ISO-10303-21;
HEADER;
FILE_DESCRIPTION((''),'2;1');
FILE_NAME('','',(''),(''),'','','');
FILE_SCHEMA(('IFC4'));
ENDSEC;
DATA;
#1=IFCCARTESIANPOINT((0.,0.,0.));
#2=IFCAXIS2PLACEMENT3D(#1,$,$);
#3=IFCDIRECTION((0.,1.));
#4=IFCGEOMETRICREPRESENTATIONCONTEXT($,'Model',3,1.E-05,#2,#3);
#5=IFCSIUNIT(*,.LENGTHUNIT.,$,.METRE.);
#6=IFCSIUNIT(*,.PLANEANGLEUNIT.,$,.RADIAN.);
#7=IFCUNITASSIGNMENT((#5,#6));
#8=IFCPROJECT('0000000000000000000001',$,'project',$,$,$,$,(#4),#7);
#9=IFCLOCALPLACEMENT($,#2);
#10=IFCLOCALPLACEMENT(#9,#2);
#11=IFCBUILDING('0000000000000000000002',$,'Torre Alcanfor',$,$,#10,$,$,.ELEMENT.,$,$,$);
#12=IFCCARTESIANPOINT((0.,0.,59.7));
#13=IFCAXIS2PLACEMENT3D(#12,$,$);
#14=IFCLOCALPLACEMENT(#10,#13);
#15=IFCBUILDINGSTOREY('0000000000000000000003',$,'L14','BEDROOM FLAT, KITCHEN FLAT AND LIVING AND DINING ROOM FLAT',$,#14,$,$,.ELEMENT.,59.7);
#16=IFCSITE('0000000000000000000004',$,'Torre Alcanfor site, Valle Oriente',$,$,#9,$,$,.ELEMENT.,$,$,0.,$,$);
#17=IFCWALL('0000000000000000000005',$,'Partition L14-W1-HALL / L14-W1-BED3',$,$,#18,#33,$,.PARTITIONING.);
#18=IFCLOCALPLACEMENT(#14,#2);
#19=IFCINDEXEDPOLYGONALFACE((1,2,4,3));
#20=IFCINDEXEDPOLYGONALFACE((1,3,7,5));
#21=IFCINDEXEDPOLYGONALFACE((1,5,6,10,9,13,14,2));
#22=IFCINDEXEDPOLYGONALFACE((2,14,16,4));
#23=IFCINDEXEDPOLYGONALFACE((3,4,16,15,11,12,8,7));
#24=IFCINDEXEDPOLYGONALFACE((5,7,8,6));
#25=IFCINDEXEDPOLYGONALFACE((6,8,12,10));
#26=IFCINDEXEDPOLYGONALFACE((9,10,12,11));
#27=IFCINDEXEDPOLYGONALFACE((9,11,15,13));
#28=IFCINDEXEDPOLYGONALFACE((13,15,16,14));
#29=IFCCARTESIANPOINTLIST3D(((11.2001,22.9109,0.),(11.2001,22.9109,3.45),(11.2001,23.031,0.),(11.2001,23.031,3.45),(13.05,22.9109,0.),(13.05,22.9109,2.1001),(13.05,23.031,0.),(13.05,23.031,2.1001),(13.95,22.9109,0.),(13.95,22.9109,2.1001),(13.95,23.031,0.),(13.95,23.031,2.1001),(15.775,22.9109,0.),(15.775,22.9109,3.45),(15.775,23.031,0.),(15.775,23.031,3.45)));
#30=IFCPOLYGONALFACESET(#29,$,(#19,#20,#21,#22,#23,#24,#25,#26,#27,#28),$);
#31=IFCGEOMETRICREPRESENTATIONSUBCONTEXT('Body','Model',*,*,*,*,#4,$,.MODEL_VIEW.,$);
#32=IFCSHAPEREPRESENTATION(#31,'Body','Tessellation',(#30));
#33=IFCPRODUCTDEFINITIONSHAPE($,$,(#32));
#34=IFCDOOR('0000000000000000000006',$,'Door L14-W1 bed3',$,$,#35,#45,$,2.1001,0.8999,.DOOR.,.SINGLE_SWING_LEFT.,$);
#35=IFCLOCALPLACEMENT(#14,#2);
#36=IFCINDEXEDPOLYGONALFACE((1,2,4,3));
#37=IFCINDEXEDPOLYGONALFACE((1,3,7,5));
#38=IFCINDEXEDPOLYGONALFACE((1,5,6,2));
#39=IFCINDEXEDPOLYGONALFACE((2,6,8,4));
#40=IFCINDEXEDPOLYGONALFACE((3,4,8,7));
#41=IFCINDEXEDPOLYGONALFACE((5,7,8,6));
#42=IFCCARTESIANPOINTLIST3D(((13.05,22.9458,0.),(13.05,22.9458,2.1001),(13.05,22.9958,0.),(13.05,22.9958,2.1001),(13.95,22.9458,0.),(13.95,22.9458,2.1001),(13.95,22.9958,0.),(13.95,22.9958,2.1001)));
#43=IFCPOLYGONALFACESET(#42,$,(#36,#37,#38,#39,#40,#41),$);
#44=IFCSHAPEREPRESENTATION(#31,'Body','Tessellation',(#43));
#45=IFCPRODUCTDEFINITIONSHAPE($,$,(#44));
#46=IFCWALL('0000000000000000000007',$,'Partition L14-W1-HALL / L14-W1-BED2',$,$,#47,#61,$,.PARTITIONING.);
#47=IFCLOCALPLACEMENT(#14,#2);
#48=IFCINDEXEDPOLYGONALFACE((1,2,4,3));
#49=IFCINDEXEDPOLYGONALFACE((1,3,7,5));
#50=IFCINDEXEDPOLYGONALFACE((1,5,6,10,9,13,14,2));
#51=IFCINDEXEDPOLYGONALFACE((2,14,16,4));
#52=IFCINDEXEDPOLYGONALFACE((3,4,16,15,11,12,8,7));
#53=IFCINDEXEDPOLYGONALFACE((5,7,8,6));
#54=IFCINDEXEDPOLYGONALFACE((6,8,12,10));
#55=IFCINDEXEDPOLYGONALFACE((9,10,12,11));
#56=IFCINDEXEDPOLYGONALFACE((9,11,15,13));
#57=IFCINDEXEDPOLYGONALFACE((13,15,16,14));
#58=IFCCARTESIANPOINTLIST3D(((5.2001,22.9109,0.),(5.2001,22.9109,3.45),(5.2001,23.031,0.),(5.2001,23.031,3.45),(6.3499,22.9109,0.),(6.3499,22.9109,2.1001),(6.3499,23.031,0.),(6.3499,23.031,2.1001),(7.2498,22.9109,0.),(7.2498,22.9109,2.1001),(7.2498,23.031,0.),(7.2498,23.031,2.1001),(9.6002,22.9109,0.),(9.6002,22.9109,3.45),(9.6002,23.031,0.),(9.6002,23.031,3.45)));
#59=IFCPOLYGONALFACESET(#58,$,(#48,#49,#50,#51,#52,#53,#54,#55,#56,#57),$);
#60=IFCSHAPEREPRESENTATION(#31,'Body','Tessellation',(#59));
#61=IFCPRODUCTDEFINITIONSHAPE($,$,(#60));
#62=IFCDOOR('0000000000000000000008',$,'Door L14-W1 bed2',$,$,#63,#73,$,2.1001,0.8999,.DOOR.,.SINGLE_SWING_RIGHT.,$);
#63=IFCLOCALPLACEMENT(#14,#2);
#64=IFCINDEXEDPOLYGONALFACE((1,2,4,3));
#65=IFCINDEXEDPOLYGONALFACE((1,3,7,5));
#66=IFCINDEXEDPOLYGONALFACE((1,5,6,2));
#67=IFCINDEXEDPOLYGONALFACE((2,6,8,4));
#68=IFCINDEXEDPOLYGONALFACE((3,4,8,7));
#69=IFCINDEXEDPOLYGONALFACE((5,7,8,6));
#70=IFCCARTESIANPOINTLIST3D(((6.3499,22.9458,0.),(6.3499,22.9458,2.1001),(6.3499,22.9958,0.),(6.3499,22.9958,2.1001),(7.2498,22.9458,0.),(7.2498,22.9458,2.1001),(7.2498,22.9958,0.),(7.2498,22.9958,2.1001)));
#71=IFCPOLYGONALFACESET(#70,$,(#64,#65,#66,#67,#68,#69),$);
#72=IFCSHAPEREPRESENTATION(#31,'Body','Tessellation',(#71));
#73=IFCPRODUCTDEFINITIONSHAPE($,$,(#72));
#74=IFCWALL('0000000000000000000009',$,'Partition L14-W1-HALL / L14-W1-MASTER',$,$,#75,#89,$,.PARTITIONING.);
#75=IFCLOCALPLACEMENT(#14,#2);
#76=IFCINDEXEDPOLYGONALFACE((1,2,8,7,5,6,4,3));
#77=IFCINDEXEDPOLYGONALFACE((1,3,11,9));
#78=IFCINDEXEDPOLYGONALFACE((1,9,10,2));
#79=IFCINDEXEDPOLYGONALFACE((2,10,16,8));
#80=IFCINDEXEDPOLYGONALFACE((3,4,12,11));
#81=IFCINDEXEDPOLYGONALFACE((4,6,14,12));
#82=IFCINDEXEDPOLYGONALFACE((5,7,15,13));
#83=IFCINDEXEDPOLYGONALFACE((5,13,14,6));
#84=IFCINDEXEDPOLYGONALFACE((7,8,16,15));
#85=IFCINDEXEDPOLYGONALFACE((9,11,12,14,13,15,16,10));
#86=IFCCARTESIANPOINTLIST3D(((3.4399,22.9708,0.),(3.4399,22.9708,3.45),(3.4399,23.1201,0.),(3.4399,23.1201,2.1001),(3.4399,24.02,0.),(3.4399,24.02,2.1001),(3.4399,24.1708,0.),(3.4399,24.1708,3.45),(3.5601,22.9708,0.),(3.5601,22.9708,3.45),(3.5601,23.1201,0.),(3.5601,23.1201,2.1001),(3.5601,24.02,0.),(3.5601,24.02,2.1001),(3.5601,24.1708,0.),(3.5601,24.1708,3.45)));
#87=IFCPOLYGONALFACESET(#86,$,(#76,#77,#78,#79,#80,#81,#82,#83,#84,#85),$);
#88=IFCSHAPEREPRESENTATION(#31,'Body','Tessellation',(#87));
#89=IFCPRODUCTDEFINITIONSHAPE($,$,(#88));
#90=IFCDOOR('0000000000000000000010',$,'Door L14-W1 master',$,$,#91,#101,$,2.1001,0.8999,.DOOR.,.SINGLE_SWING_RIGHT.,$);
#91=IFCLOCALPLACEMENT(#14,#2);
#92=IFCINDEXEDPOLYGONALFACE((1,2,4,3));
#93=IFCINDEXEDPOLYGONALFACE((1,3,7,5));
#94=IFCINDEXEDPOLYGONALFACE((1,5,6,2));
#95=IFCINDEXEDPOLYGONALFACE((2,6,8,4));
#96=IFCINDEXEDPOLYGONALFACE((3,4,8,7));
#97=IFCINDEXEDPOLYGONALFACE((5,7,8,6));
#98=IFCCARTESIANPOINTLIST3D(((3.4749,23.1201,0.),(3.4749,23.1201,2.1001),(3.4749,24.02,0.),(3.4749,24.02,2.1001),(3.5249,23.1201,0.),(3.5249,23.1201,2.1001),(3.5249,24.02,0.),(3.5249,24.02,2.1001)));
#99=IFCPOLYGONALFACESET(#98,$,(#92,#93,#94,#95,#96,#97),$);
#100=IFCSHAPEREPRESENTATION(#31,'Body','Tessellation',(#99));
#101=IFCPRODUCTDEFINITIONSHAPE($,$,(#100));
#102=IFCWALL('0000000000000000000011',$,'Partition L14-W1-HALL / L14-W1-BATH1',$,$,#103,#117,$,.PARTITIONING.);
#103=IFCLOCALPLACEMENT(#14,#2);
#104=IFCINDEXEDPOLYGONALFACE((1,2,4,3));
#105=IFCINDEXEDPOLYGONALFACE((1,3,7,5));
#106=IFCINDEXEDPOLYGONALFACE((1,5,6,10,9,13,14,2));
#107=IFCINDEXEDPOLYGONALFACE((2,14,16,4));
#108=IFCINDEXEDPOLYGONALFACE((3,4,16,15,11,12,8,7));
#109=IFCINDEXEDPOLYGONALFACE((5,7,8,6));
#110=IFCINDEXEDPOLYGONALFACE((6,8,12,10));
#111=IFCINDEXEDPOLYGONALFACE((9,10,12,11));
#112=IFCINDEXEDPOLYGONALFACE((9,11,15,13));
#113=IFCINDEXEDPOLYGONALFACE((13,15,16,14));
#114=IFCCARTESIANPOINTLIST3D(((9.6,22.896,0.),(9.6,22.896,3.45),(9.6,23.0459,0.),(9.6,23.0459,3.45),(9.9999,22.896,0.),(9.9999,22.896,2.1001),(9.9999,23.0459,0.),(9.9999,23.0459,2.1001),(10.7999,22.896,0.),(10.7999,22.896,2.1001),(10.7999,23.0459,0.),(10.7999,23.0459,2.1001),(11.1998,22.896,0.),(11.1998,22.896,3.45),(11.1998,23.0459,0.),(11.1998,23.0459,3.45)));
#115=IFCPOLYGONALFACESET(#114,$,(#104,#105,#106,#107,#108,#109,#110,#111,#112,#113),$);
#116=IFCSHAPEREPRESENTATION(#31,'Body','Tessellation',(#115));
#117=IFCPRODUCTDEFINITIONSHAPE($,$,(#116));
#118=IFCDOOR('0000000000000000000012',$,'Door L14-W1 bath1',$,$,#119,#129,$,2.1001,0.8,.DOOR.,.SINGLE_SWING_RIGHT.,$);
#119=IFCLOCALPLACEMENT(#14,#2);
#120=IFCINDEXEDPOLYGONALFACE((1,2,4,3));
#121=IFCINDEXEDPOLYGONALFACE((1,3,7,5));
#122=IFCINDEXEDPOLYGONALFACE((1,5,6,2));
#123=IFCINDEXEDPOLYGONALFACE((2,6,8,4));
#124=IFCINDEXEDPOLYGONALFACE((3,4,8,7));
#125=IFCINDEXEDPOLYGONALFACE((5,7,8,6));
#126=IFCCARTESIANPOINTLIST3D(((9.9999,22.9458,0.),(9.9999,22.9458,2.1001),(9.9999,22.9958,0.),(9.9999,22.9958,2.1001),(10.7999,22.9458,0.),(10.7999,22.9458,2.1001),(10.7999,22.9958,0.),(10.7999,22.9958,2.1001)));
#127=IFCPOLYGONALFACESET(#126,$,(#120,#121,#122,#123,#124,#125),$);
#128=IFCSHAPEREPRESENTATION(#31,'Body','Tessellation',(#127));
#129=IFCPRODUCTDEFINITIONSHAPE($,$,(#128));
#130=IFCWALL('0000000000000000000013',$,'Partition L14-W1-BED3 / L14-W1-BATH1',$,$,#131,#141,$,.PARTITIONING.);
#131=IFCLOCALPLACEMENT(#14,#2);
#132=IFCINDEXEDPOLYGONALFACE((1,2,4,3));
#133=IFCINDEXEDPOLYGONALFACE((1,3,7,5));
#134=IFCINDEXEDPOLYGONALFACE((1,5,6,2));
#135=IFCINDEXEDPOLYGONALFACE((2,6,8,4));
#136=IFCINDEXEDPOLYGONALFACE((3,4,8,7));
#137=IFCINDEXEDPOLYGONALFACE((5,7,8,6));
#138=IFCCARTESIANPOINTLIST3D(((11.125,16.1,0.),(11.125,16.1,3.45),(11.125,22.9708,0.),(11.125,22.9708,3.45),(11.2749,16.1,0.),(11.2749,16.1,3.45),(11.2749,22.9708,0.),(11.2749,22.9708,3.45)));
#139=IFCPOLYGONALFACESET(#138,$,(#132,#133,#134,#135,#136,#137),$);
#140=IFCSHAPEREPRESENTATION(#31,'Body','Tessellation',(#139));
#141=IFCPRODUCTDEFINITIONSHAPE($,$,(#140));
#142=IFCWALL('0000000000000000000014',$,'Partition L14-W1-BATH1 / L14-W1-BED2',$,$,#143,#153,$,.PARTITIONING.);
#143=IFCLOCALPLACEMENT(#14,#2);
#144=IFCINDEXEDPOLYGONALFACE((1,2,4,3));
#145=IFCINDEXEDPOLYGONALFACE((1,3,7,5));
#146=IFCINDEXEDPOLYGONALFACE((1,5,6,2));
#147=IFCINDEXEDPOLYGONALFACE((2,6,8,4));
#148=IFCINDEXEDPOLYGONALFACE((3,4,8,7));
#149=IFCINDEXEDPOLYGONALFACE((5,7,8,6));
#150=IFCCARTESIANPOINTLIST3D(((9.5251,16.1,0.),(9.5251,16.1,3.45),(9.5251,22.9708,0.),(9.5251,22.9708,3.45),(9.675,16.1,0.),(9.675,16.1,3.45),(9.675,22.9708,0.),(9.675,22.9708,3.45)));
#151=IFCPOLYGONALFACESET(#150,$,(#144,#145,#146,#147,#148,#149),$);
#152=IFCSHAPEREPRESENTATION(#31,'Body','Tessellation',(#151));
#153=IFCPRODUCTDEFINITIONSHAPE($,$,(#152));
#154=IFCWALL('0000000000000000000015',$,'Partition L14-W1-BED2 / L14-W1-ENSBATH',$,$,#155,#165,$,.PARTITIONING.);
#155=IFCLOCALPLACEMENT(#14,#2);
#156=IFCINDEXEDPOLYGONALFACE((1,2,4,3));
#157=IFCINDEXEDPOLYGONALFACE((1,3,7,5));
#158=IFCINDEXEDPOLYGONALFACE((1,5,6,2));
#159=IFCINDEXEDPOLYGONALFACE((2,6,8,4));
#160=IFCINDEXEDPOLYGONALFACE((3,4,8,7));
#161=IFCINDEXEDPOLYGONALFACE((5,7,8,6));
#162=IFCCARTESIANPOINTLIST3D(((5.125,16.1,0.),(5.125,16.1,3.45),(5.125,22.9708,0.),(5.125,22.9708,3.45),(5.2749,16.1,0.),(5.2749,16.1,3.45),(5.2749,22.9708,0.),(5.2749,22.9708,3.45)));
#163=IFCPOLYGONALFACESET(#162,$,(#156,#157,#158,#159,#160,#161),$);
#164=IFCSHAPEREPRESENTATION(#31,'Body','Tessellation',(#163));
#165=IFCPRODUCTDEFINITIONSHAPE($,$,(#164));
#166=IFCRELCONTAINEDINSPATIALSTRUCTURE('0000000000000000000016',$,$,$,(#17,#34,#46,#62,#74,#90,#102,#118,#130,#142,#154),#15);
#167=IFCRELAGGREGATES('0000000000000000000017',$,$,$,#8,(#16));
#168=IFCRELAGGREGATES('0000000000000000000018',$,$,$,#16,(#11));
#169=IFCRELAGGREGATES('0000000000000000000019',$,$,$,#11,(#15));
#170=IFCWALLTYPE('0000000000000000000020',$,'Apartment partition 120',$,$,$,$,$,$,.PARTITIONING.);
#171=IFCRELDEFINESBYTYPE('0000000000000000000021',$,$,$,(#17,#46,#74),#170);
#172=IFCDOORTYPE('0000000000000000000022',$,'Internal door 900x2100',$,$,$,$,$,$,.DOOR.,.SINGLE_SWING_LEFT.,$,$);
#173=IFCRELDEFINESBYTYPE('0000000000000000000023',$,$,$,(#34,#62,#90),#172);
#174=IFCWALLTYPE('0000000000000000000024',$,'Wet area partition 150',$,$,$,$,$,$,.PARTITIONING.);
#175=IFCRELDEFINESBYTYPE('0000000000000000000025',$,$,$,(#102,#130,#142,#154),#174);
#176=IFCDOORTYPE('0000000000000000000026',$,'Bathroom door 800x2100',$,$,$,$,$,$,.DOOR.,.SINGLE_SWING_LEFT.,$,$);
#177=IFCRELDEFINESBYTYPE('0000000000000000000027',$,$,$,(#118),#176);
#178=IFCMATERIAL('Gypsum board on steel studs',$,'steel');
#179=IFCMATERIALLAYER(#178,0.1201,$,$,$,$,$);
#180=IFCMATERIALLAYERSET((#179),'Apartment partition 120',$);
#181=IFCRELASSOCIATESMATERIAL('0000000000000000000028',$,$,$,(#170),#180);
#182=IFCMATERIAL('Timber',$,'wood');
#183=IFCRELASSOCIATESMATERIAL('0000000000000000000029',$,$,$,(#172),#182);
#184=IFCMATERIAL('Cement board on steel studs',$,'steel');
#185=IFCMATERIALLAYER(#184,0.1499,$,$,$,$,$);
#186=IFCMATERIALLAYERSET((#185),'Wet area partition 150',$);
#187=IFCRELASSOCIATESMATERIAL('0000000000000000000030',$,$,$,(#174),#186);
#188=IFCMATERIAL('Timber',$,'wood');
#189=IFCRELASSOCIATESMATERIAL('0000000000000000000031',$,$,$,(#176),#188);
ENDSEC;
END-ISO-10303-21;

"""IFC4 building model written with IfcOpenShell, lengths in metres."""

from ifc_helpers import new_model, si_unit, direction, frame, frame_2d, origin, place, context, subcontext, project, spatial, rectangle, extrude, material, layer, layer_set, type_object, element, fill, save


model = new_model("IFC4")

# Units and contexts
model_context = context("Model", 3, precision=1e-05, world=origin(), true_north=direction((0.0, 1.0)))
body_context = subcontext(model_context, "Body", "Model", "MODEL_VIEW")
ifc_project = project(units=[si_unit("LENGTHUNIT", "METRE"), si_unit("PLANEANGLEUNIT", "RADIAN")], contexts=[model_context])

# Site, building, storey
site_placement = place(None, origin())
site = spatial("IfcSite", under=ifc_project, at=site_placement, Name="Torre Alcanfor site, Valle Oriente", CompositionType="ELEMENT", RefElevation=0.0)
building_placement = place(site_placement, origin())
building = spatial("IfcBuilding", under=site, at=building_placement, Name="Torre Alcanfor", CompositionType="ELEMENT")
storey_placement = place(building_placement, frame((0.0, 0.0, 59.7)))
storey = spatial("IfcBuildingStorey", under=building, at=storey_placement, Name="L14", Description="BEDROOM FLAT, KITCHEN FLAT AND LIVING AND DINING ROOM FLAT", CompositionType="ELEMENT", Elevation=59.7)

# Shared definitions
ifc_material_1 = material(Name="Gypsum board on steel studs", Category="steel")
ifc_layer_1 = layer(ifc_material_1, 0.1201)
ifc_layer_set_1 = layer_set([ifc_layer_1], Name="Apartment partition 120")
wall_type_1 = type_object("IfcWallType", Name="Apartment partition 120", PredefinedType="PARTITIONING", material=ifc_layer_set_1)

# Walls, openings, doors
wall_1_placement = place(storey_placement, frame((11.2, 22.9709, 0.0), z_axis=(0.0, 0.0, 1.0), x_axis=(1.0, 0.0, 0.0)))
wall_1 = element("IfcWall", 1, at=wall_1_placement, inside=storey, type_object=wall_type_1, Name="Partition L14-W1-HALL / L14-W1-BED3", PredefinedType="PARTITIONING", context=body_context, shape_type="SweptSolid", body=[
    extrude(rectangle(XDim=4.575, YDim=0.1201, at=frame_2d((2.2876, 0.0))), origin(), (0.0, 0.0, 1.0), 3.45),
])
opening_1_placement = place(wall_1_placement, frame((1.8501, 0.0, 0.0)))
opening_1 = element("IfcOpeningElement", 2, at=opening_1_placement, cuts=wall_1, PredefinedType="OPENING", context=body_context, shape_type="SweptSolid", body=[
    extrude(rectangle(XDim=0.8999, YDim=2.1001, at=frame_2d((0.45, 1.05))), frame((0.0, 0.0701, 0.0), z_axis=(0.0, -1.0, 0.0), x_axis=(1.0, 0.0, 0.0)), (0.0, 0.0, 1.0), 0.1401),
])
ifc_material_2 = material(Name="Timber", Category="wood")
door_type_1 = type_object("IfcDoorType", Name="Internal door 900x2100", OperationType="SINGLE_SWING_LEFT", PredefinedType="DOOR", material=ifc_material_2)
door_1_placement = place(opening_1_placement, frame((0.8999, 0.0, 0.0), z_axis=(0.0, 0.0, 1.0), x_axis=(-1.0, 0.0, 0.0)))
door_1 = element("IfcDoor", 3, at=door_1_placement, inside=storey, type_object=door_type_1, Name="Door L14-W1 bed3", OperationType="SINGLE_SWING_LEFT", OverallHeight=2.1001, OverallWidth=0.8999, PredefinedType="DOOR", context=body_context, shape_type="SweptSolid", body=[
    extrude(rectangle(XDim=0.8999, YDim=2.1001, at=frame_2d((0.45, 1.05))), frame((0.0, 0.0251, 0.0), z_axis=(0.0, -1.0, 0.0), x_axis=(1.0, 0.0, 0.0)), (0.0, 0.0, 1.0), 0.05),
])
fill(opening_1, door_1)
wall_2_placement = place(storey_placement, frame((5.2, 22.9709, 0.0), z_axis=(0.0, 0.0, 1.0), x_axis=(1.0, 0.0, 0.0)))
wall_2 = element("IfcWall", 4, at=wall_2_placement, inside=storey, type_object=wall_type_1, Name="Partition L14-W1-HALL / L14-W1-BED2", PredefinedType="PARTITIONING", context=body_context, shape_type="SweptSolid", body=[
    extrude(rectangle(XDim=4.4001, YDim=0.1201, at=frame_2d((2.2002, 0.0))), origin(), (0.0, 0.0, 1.0), 3.45),
])
opening_2_placement = place(wall_2_placement, frame((1.1499, 0.0, 0.0)))
opening_2 = element("IfcOpeningElement", 5, at=opening_2_placement, cuts=wall_2, PredefinedType="OPENING", context=body_context, shape_type="SweptSolid", body=[
    extrude(rectangle(XDim=0.8999, YDim=2.1001, at=frame_2d((0.45, 1.05))), frame((0.0, 0.0701, 0.0), z_axis=(0.0, -1.0, 0.0), x_axis=(1.0, 0.0, 0.0)), (0.0, 0.0, 1.0), 0.1401),
])
door_2_placement = place(opening_2_placement, frame((0.8999, 0.0, 0.0), z_axis=(0.0, 0.0, 1.0), x_axis=(-1.0, 0.0, 0.0)))
door_2 = element("IfcDoor", 6, at=door_2_placement, inside=storey, type_object=door_type_1, Name="Door L14-W1 bed2", OperationType="SINGLE_SWING_RIGHT", OverallHeight=2.1001, OverallWidth=0.8999, PredefinedType="DOOR", context=body_context, shape_type="SweptSolid", body=[
    extrude(rectangle(XDim=0.8999, YDim=2.1001, at=frame_2d((0.45, 1.05))), frame((0.0, 0.0251, 0.0), z_axis=(0.0, -1.0, 0.0), x_axis=(1.0, 0.0, 0.0)), (0.0, 0.0, 1.0), 0.05),
])
fill(opening_2, door_2)
wall_3_placement = place(storey_placement, frame((3.5, 24.1709, 0.0), z_axis=(0.0, 0.0, 1.0), x_axis=(0.0, -1.0, 0.0)))
wall_3 = element("IfcWall", 7, at=wall_3_placement, inside=storey, type_object=wall_type_1, Name="Partition L14-W1-HALL / L14-W1-MASTER", PredefinedType="PARTITIONING", context=body_context, shape_type="SweptSolid", body=[
    extrude(rectangle(XDim=1.2, YDim=0.1201, at=frame_2d((0.6001, 0.0))), origin(), (0.0, 0.0, 1.0), 3.45),
])
opening_3_placement = place(wall_3_placement, frame((0.1509, 0.0, 0.0)))
opening_3 = element("IfcOpeningElement", 8, at=opening_3_placement, cuts=wall_3, PredefinedType="OPENING", context=body_context, shape_type="SweptSolid", body=[
    extrude(rectangle(XDim=0.8999, YDim=2.1001, at=frame_2d((0.45, 1.05))), frame((0.0, 0.0701, 0.0), z_axis=(0.0, -1.0, 0.0), x_axis=(1.0, 0.0, 0.0)), (0.0, 0.0, 1.0), 0.1401),
])
door_3_placement = place(opening_3_placement, frame((0.8999, 0.0, 0.0), z_axis=(0.0, 0.0, 1.0), x_axis=(-1.0, 0.0, 0.0)))
door_3 = element("IfcDoor", 9, at=door_3_placement, inside=storey, type_object=door_type_1, Name="Door L14-W1 master", OperationType="SINGLE_SWING_RIGHT", OverallHeight=2.1001, OverallWidth=0.8999, PredefinedType="DOOR", context=body_context, shape_type="SweptSolid", body=[
    extrude(rectangle(XDim=0.8999, YDim=2.1001, at=frame_2d((0.45, 1.05))), frame((0.0, 0.0251, 0.0), z_axis=(0.0, -1.0, 0.0), x_axis=(1.0, 0.0, 0.0)), (0.0, 0.0, 1.0), 0.05),
])
fill(opening_3, door_3)
ifc_material_3 = material(Name="Cement board on steel studs", Category="steel")
ifc_layer_2 = layer(ifc_material_3, 0.1499)
ifc_layer_set_2 = layer_set([ifc_layer_2], Name="Wet area partition 150")
wall_type_2 = type_object("IfcWallType", Name="Wet area partition 150", PredefinedType="PARTITIONING", material=ifc_layer_set_2)
wall_4_placement = place(storey_placement, frame((9.6001, 22.9709, 0.0), z_axis=(0.0, 0.0, 1.0), x_axis=(1.0, 0.0, 0.0)))
wall_4 = element("IfcWall", 10, at=wall_4_placement, inside=storey, type_object=wall_type_2, Name="Partition L14-W1-HALL / L14-W1-BATH1", PredefinedType="PARTITIONING", context=body_context, shape_type="SweptSolid", body=[
    extrude(rectangle(XDim=1.5999, YDim=0.1499, at=frame_2d((0.7998, 0.0))), origin(), (0.0, 0.0, 1.0), 3.45),
])
opening_4_placement = place(wall_4_placement, frame((0.3999, 0.0, 0.0)))
opening_4 = element("IfcOpeningElement", 11, at=opening_4_placement, cuts=wall_4, PredefinedType="OPENING", context=body_context, shape_type="SweptSolid", body=[
    extrude(rectangle(XDim=0.8, YDim=2.1001, at=frame_2d((0.3999, 1.05))), frame((0.0, 0.085, 0.0), z_axis=(0.0, -1.0, 0.0), x_axis=(1.0, 0.0, 0.0)), (0.0, 0.0, 1.0), 0.1699),
])
ifc_material_4 = material(Name="Timber", Category="wood")
door_type_2 = type_object("IfcDoorType", Name="Bathroom door 800x2100", OperationType="SINGLE_SWING_LEFT", PredefinedType="DOOR", material=ifc_material_4)
door_4_placement = place(opening_4_placement, frame((0.8, 0.0, 0.0), z_axis=(0.0, 0.0, 1.0), x_axis=(-1.0, 0.0, 0.0)))
door_4 = element("IfcDoor", 12, at=door_4_placement, inside=storey, type_object=door_type_2, Name="Door L14-W1 bath1", OperationType="SINGLE_SWING_RIGHT", OverallHeight=2.1001, OverallWidth=0.8, PredefinedType="DOOR", context=body_context, shape_type="SweptSolid", body=[
    extrude(rectangle(XDim=0.8, YDim=2.1001, at=frame_2d((0.4001, 1.05))), frame((0.0, 0.0251, 0.0), z_axis=(0.0, -1.0, 0.0), x_axis=(1.0, 0.0, 0.0)), (0.0, 0.0, 1.0), 0.05),
])
fill(opening_4, door_4)

# Walls
for number, where, z_axis, x_axis, name in (
    (13, (11.2, 22.9709, 0.0), (0.0, 0.0, 1.0), (0.0, -1.0, 0.0), "Partition L14-W1-BED3 / L14-W1-BATH1"),
    (14, (9.6001, 22.9709, 0.0), (0.0, 0.0, 1.0), (0.0, -1.0, 0.0), "Partition L14-W1-BATH1 / L14-W1-BED2"),
    (15, (5.2, 22.9709, 0.0), (0.0, 0.0, 1.0), (0.0, -1.0, 0.0), "Partition L14-W1-BED2 / L14-W1-ENSBATH"),
):
    element("IfcWall", number, at=place(storey_placement, frame(where, z_axis=z_axis, x_axis=x_axis)), inside=storey, type_object=wall_type_2, Name=name, PredefinedType="PARTITIONING", context=body_context, shape_type="SweptSolid", body=[
        extrude(rectangle(XDim=6.8708, YDim=0.1499, at=frame_2d((3.4355, 0.0))), origin(), (0.0, 0.0, 1.0), 3.45),
    ])

save(model, "model.ifc")
